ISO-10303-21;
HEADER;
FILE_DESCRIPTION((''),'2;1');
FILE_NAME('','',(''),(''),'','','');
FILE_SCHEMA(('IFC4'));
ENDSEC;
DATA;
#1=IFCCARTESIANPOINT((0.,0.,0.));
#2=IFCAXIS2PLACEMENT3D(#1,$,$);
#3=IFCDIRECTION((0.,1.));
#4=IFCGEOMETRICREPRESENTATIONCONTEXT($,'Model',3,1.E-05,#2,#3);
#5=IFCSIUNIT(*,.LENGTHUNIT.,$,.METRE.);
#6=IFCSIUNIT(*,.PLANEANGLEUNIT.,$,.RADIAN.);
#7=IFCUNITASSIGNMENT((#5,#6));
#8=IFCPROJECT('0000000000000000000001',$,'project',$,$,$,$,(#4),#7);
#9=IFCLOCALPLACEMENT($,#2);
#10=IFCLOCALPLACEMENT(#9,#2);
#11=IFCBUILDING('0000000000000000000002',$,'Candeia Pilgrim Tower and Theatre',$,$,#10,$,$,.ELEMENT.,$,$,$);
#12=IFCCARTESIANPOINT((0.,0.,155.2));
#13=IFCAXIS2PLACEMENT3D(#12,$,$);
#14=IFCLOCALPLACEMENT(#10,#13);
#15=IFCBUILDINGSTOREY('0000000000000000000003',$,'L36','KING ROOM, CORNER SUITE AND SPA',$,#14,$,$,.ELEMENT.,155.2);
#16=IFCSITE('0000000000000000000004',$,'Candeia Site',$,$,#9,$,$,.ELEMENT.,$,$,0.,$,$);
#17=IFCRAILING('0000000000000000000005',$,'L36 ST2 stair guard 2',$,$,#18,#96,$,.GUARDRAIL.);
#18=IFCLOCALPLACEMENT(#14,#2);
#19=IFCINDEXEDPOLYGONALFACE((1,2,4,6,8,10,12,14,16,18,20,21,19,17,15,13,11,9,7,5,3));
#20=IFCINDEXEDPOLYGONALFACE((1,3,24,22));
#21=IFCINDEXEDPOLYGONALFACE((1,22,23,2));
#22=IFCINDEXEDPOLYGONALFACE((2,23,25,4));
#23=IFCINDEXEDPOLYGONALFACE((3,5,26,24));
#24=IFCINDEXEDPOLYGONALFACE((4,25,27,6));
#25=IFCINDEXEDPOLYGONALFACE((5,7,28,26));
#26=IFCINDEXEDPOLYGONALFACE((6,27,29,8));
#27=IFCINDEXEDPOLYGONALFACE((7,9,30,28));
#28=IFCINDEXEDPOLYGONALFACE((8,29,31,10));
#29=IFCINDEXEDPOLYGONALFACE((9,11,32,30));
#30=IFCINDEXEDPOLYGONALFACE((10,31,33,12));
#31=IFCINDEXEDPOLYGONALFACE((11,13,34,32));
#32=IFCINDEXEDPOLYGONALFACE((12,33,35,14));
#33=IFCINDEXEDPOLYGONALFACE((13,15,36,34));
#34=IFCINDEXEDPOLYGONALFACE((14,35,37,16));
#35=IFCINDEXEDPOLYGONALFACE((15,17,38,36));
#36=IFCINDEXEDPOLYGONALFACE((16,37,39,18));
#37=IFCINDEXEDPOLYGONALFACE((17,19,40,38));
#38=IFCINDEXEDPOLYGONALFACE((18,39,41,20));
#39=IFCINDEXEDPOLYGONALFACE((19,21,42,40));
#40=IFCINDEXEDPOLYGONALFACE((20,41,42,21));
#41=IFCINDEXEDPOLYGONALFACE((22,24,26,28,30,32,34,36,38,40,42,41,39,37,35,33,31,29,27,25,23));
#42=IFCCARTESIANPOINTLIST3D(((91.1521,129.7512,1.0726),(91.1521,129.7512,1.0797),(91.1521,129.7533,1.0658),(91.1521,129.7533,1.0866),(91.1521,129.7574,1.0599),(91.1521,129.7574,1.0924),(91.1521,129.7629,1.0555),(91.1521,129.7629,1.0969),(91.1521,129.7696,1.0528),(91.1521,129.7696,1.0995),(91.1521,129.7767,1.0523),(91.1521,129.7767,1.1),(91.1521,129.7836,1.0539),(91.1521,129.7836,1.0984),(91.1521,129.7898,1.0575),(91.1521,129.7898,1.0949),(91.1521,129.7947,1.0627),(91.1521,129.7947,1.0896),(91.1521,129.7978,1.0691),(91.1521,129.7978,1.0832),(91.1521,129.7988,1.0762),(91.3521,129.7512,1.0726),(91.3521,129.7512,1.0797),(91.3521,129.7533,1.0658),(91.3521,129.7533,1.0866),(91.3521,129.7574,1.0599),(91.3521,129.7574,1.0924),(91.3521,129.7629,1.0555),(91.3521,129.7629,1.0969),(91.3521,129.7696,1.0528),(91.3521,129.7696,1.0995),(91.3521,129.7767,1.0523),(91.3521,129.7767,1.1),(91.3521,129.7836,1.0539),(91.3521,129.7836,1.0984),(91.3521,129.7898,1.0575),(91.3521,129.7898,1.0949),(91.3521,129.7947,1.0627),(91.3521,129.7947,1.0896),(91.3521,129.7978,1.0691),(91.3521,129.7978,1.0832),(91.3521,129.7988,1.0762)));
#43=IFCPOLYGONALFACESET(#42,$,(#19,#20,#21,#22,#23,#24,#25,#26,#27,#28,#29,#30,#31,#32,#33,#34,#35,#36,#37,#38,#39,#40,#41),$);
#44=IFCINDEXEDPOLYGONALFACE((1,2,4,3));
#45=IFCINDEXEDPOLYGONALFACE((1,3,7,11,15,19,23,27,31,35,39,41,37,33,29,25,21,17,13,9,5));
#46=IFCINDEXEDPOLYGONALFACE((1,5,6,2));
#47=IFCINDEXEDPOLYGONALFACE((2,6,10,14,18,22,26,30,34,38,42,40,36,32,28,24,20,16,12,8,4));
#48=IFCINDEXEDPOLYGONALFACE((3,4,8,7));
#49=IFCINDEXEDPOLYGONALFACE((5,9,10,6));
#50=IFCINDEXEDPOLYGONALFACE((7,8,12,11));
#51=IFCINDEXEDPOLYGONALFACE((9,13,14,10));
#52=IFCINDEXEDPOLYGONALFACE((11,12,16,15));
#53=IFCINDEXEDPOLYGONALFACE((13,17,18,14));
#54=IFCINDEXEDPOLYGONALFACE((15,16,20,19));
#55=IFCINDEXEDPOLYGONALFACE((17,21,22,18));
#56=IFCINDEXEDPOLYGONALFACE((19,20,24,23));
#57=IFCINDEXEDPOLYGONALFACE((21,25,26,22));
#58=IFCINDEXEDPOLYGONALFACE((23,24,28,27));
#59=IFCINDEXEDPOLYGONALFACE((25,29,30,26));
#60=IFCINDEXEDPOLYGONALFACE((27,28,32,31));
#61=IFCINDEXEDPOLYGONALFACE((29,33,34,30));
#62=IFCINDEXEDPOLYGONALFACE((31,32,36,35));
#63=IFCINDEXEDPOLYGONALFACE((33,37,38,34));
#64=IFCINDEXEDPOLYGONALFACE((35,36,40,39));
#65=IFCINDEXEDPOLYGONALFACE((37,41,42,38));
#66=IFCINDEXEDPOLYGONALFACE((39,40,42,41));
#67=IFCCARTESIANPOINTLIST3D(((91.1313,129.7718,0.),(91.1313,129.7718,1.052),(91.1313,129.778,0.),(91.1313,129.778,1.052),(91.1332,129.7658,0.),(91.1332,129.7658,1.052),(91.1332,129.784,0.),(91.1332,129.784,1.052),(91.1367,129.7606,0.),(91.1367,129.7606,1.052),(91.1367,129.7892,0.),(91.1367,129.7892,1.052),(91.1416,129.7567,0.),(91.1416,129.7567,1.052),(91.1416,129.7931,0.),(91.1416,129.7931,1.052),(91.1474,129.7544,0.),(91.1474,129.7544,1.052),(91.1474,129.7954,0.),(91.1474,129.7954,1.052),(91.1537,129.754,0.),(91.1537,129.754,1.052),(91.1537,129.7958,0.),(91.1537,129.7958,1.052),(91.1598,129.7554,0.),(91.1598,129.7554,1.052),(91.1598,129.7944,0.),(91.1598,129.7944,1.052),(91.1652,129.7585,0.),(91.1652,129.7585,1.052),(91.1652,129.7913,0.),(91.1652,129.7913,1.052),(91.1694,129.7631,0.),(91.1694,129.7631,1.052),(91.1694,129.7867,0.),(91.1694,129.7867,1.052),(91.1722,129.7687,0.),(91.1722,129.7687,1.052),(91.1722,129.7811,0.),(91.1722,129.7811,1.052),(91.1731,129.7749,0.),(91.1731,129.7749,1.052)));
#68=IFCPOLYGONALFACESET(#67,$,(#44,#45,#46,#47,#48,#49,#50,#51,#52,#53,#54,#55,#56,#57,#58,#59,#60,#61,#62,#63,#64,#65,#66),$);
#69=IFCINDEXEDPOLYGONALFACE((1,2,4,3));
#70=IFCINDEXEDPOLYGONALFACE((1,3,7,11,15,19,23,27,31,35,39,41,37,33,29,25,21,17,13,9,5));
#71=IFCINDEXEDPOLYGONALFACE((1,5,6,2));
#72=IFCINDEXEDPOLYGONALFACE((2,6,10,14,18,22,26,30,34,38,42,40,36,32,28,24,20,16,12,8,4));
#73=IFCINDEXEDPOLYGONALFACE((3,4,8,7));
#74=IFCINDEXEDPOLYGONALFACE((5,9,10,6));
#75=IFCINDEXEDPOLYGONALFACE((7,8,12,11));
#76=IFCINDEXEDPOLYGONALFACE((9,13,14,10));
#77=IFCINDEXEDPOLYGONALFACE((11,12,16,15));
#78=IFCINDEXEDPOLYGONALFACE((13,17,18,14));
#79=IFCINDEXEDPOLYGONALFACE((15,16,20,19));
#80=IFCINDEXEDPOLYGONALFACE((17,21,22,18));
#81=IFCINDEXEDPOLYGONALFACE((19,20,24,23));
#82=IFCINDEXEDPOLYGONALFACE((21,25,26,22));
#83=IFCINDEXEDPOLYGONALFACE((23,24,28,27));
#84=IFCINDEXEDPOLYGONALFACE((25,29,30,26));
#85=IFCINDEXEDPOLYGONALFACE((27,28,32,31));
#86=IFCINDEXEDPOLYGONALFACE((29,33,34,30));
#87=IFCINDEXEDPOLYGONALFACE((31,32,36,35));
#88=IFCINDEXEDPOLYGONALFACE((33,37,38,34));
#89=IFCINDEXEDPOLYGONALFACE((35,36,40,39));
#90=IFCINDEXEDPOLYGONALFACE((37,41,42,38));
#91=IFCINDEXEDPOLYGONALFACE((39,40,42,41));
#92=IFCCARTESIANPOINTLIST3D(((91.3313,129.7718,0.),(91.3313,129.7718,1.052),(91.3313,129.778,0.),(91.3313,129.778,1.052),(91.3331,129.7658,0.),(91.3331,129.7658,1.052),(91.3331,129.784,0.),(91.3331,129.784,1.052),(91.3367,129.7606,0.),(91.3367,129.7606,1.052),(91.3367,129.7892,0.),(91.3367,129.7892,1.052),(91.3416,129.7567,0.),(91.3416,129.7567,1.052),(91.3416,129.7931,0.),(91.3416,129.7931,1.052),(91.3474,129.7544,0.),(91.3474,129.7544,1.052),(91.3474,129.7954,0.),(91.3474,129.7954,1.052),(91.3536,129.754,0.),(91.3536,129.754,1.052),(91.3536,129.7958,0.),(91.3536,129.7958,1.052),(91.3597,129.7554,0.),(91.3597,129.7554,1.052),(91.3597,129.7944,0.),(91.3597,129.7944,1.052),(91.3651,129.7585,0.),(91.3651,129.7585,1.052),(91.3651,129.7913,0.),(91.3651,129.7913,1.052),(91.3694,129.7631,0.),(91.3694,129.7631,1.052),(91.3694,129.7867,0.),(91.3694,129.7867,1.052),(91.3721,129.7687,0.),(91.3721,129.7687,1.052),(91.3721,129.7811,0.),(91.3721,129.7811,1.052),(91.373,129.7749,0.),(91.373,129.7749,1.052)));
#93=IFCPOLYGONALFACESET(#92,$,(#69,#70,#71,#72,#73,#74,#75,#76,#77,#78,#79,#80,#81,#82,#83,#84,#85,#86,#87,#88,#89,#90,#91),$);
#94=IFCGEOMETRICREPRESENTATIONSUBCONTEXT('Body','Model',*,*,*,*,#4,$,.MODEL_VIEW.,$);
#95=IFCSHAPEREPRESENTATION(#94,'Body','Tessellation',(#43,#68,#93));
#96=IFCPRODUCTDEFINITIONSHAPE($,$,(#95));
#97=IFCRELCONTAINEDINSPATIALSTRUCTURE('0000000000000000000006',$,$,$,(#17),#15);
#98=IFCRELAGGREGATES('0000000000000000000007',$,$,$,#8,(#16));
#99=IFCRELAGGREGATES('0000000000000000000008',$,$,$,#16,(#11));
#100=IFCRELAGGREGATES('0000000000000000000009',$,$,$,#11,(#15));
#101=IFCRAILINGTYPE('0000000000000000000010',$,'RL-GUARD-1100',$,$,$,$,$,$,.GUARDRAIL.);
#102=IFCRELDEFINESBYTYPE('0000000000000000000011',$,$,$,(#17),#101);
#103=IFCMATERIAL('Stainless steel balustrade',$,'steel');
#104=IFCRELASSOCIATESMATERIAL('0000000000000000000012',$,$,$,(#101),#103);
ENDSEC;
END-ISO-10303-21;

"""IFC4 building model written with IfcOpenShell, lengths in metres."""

from ifc_helpers import new_model, si_unit, direction, frame, origin, origin_2d, place, context, subcontext, project, spatial, circle, extrude, material, type_object, element, save


model = new_model("IFC4")

# Units and contexts
model_context = context("Model", 3, precision=1e-05, world=origin(), true_north=direction((0.0, 1.0)))
body_context = subcontext(model_context, "Body", "Model", "MODEL_VIEW")
ifc_project = project(units=[si_unit("LENGTHUNIT", "METRE"), si_unit("PLANEANGLEUNIT", "RADIAN")], contexts=[model_context])

# Site, building, storey
site_placement = place(None, origin())
site = spatial("IfcSite", under=ifc_project, at=site_placement, Name="Candeia Site", CompositionType="ELEMENT", RefElevation=0.0)
building_placement = place(site_placement, origin())
building = spatial("IfcBuilding", under=site, at=building_placement, Name="Candeia Pilgrim Tower and Theatre", CompositionType="ELEMENT")
storey_placement = place(building_placement, frame((0.0, 0.0, 155.2)))
storey = spatial("IfcBuildingStorey", under=building, at=storey_placement, Name="L36", Description="KING ROOM, CORNER SUITE AND SPA", CompositionType="ELEMENT", Elevation=155.2)

# Shared definitions
ifc_material_1 = material(Name="Stainless steel balustrade", Category="steel")

# Railing
railing_type_1 = type_object("IfcRailingType", Name="RL-GUARD-1100", PredefinedType="GUARDRAIL", material=ifc_material_1)
railing_1_placement = place(storey_placement, frame((91.1521, 129.7749, 0.0)))
element("IfcRailing", 1, at=railing_1_placement, inside=storey, type_object=railing_type_1, Name="L36 ST2 stair guard 2", PredefinedType="GUARDRAIL", context=body_context, shape_type="SweptSolid", body=[
    extrude(circle(Radius=0.0239, at=origin_2d()), frame((0.0, 0.0, 1.0762), z_axis=(1.0, 0.0, 0.0), x_axis=(0.0, 1.0, 0.0)), (0.0, 0.0, 1.0), 0.2),
    extrude(circle(Radius=0.021, at=origin_2d()), origin(), (0.0, 0.0, 1.0), 1.052),
    extrude(circle(Radius=0.021, at=origin_2d()), frame((0.2, 0.0, 0.0)), (0.0, 0.0, 1.0), 1.052),
])

save(model, "model.ifc")
